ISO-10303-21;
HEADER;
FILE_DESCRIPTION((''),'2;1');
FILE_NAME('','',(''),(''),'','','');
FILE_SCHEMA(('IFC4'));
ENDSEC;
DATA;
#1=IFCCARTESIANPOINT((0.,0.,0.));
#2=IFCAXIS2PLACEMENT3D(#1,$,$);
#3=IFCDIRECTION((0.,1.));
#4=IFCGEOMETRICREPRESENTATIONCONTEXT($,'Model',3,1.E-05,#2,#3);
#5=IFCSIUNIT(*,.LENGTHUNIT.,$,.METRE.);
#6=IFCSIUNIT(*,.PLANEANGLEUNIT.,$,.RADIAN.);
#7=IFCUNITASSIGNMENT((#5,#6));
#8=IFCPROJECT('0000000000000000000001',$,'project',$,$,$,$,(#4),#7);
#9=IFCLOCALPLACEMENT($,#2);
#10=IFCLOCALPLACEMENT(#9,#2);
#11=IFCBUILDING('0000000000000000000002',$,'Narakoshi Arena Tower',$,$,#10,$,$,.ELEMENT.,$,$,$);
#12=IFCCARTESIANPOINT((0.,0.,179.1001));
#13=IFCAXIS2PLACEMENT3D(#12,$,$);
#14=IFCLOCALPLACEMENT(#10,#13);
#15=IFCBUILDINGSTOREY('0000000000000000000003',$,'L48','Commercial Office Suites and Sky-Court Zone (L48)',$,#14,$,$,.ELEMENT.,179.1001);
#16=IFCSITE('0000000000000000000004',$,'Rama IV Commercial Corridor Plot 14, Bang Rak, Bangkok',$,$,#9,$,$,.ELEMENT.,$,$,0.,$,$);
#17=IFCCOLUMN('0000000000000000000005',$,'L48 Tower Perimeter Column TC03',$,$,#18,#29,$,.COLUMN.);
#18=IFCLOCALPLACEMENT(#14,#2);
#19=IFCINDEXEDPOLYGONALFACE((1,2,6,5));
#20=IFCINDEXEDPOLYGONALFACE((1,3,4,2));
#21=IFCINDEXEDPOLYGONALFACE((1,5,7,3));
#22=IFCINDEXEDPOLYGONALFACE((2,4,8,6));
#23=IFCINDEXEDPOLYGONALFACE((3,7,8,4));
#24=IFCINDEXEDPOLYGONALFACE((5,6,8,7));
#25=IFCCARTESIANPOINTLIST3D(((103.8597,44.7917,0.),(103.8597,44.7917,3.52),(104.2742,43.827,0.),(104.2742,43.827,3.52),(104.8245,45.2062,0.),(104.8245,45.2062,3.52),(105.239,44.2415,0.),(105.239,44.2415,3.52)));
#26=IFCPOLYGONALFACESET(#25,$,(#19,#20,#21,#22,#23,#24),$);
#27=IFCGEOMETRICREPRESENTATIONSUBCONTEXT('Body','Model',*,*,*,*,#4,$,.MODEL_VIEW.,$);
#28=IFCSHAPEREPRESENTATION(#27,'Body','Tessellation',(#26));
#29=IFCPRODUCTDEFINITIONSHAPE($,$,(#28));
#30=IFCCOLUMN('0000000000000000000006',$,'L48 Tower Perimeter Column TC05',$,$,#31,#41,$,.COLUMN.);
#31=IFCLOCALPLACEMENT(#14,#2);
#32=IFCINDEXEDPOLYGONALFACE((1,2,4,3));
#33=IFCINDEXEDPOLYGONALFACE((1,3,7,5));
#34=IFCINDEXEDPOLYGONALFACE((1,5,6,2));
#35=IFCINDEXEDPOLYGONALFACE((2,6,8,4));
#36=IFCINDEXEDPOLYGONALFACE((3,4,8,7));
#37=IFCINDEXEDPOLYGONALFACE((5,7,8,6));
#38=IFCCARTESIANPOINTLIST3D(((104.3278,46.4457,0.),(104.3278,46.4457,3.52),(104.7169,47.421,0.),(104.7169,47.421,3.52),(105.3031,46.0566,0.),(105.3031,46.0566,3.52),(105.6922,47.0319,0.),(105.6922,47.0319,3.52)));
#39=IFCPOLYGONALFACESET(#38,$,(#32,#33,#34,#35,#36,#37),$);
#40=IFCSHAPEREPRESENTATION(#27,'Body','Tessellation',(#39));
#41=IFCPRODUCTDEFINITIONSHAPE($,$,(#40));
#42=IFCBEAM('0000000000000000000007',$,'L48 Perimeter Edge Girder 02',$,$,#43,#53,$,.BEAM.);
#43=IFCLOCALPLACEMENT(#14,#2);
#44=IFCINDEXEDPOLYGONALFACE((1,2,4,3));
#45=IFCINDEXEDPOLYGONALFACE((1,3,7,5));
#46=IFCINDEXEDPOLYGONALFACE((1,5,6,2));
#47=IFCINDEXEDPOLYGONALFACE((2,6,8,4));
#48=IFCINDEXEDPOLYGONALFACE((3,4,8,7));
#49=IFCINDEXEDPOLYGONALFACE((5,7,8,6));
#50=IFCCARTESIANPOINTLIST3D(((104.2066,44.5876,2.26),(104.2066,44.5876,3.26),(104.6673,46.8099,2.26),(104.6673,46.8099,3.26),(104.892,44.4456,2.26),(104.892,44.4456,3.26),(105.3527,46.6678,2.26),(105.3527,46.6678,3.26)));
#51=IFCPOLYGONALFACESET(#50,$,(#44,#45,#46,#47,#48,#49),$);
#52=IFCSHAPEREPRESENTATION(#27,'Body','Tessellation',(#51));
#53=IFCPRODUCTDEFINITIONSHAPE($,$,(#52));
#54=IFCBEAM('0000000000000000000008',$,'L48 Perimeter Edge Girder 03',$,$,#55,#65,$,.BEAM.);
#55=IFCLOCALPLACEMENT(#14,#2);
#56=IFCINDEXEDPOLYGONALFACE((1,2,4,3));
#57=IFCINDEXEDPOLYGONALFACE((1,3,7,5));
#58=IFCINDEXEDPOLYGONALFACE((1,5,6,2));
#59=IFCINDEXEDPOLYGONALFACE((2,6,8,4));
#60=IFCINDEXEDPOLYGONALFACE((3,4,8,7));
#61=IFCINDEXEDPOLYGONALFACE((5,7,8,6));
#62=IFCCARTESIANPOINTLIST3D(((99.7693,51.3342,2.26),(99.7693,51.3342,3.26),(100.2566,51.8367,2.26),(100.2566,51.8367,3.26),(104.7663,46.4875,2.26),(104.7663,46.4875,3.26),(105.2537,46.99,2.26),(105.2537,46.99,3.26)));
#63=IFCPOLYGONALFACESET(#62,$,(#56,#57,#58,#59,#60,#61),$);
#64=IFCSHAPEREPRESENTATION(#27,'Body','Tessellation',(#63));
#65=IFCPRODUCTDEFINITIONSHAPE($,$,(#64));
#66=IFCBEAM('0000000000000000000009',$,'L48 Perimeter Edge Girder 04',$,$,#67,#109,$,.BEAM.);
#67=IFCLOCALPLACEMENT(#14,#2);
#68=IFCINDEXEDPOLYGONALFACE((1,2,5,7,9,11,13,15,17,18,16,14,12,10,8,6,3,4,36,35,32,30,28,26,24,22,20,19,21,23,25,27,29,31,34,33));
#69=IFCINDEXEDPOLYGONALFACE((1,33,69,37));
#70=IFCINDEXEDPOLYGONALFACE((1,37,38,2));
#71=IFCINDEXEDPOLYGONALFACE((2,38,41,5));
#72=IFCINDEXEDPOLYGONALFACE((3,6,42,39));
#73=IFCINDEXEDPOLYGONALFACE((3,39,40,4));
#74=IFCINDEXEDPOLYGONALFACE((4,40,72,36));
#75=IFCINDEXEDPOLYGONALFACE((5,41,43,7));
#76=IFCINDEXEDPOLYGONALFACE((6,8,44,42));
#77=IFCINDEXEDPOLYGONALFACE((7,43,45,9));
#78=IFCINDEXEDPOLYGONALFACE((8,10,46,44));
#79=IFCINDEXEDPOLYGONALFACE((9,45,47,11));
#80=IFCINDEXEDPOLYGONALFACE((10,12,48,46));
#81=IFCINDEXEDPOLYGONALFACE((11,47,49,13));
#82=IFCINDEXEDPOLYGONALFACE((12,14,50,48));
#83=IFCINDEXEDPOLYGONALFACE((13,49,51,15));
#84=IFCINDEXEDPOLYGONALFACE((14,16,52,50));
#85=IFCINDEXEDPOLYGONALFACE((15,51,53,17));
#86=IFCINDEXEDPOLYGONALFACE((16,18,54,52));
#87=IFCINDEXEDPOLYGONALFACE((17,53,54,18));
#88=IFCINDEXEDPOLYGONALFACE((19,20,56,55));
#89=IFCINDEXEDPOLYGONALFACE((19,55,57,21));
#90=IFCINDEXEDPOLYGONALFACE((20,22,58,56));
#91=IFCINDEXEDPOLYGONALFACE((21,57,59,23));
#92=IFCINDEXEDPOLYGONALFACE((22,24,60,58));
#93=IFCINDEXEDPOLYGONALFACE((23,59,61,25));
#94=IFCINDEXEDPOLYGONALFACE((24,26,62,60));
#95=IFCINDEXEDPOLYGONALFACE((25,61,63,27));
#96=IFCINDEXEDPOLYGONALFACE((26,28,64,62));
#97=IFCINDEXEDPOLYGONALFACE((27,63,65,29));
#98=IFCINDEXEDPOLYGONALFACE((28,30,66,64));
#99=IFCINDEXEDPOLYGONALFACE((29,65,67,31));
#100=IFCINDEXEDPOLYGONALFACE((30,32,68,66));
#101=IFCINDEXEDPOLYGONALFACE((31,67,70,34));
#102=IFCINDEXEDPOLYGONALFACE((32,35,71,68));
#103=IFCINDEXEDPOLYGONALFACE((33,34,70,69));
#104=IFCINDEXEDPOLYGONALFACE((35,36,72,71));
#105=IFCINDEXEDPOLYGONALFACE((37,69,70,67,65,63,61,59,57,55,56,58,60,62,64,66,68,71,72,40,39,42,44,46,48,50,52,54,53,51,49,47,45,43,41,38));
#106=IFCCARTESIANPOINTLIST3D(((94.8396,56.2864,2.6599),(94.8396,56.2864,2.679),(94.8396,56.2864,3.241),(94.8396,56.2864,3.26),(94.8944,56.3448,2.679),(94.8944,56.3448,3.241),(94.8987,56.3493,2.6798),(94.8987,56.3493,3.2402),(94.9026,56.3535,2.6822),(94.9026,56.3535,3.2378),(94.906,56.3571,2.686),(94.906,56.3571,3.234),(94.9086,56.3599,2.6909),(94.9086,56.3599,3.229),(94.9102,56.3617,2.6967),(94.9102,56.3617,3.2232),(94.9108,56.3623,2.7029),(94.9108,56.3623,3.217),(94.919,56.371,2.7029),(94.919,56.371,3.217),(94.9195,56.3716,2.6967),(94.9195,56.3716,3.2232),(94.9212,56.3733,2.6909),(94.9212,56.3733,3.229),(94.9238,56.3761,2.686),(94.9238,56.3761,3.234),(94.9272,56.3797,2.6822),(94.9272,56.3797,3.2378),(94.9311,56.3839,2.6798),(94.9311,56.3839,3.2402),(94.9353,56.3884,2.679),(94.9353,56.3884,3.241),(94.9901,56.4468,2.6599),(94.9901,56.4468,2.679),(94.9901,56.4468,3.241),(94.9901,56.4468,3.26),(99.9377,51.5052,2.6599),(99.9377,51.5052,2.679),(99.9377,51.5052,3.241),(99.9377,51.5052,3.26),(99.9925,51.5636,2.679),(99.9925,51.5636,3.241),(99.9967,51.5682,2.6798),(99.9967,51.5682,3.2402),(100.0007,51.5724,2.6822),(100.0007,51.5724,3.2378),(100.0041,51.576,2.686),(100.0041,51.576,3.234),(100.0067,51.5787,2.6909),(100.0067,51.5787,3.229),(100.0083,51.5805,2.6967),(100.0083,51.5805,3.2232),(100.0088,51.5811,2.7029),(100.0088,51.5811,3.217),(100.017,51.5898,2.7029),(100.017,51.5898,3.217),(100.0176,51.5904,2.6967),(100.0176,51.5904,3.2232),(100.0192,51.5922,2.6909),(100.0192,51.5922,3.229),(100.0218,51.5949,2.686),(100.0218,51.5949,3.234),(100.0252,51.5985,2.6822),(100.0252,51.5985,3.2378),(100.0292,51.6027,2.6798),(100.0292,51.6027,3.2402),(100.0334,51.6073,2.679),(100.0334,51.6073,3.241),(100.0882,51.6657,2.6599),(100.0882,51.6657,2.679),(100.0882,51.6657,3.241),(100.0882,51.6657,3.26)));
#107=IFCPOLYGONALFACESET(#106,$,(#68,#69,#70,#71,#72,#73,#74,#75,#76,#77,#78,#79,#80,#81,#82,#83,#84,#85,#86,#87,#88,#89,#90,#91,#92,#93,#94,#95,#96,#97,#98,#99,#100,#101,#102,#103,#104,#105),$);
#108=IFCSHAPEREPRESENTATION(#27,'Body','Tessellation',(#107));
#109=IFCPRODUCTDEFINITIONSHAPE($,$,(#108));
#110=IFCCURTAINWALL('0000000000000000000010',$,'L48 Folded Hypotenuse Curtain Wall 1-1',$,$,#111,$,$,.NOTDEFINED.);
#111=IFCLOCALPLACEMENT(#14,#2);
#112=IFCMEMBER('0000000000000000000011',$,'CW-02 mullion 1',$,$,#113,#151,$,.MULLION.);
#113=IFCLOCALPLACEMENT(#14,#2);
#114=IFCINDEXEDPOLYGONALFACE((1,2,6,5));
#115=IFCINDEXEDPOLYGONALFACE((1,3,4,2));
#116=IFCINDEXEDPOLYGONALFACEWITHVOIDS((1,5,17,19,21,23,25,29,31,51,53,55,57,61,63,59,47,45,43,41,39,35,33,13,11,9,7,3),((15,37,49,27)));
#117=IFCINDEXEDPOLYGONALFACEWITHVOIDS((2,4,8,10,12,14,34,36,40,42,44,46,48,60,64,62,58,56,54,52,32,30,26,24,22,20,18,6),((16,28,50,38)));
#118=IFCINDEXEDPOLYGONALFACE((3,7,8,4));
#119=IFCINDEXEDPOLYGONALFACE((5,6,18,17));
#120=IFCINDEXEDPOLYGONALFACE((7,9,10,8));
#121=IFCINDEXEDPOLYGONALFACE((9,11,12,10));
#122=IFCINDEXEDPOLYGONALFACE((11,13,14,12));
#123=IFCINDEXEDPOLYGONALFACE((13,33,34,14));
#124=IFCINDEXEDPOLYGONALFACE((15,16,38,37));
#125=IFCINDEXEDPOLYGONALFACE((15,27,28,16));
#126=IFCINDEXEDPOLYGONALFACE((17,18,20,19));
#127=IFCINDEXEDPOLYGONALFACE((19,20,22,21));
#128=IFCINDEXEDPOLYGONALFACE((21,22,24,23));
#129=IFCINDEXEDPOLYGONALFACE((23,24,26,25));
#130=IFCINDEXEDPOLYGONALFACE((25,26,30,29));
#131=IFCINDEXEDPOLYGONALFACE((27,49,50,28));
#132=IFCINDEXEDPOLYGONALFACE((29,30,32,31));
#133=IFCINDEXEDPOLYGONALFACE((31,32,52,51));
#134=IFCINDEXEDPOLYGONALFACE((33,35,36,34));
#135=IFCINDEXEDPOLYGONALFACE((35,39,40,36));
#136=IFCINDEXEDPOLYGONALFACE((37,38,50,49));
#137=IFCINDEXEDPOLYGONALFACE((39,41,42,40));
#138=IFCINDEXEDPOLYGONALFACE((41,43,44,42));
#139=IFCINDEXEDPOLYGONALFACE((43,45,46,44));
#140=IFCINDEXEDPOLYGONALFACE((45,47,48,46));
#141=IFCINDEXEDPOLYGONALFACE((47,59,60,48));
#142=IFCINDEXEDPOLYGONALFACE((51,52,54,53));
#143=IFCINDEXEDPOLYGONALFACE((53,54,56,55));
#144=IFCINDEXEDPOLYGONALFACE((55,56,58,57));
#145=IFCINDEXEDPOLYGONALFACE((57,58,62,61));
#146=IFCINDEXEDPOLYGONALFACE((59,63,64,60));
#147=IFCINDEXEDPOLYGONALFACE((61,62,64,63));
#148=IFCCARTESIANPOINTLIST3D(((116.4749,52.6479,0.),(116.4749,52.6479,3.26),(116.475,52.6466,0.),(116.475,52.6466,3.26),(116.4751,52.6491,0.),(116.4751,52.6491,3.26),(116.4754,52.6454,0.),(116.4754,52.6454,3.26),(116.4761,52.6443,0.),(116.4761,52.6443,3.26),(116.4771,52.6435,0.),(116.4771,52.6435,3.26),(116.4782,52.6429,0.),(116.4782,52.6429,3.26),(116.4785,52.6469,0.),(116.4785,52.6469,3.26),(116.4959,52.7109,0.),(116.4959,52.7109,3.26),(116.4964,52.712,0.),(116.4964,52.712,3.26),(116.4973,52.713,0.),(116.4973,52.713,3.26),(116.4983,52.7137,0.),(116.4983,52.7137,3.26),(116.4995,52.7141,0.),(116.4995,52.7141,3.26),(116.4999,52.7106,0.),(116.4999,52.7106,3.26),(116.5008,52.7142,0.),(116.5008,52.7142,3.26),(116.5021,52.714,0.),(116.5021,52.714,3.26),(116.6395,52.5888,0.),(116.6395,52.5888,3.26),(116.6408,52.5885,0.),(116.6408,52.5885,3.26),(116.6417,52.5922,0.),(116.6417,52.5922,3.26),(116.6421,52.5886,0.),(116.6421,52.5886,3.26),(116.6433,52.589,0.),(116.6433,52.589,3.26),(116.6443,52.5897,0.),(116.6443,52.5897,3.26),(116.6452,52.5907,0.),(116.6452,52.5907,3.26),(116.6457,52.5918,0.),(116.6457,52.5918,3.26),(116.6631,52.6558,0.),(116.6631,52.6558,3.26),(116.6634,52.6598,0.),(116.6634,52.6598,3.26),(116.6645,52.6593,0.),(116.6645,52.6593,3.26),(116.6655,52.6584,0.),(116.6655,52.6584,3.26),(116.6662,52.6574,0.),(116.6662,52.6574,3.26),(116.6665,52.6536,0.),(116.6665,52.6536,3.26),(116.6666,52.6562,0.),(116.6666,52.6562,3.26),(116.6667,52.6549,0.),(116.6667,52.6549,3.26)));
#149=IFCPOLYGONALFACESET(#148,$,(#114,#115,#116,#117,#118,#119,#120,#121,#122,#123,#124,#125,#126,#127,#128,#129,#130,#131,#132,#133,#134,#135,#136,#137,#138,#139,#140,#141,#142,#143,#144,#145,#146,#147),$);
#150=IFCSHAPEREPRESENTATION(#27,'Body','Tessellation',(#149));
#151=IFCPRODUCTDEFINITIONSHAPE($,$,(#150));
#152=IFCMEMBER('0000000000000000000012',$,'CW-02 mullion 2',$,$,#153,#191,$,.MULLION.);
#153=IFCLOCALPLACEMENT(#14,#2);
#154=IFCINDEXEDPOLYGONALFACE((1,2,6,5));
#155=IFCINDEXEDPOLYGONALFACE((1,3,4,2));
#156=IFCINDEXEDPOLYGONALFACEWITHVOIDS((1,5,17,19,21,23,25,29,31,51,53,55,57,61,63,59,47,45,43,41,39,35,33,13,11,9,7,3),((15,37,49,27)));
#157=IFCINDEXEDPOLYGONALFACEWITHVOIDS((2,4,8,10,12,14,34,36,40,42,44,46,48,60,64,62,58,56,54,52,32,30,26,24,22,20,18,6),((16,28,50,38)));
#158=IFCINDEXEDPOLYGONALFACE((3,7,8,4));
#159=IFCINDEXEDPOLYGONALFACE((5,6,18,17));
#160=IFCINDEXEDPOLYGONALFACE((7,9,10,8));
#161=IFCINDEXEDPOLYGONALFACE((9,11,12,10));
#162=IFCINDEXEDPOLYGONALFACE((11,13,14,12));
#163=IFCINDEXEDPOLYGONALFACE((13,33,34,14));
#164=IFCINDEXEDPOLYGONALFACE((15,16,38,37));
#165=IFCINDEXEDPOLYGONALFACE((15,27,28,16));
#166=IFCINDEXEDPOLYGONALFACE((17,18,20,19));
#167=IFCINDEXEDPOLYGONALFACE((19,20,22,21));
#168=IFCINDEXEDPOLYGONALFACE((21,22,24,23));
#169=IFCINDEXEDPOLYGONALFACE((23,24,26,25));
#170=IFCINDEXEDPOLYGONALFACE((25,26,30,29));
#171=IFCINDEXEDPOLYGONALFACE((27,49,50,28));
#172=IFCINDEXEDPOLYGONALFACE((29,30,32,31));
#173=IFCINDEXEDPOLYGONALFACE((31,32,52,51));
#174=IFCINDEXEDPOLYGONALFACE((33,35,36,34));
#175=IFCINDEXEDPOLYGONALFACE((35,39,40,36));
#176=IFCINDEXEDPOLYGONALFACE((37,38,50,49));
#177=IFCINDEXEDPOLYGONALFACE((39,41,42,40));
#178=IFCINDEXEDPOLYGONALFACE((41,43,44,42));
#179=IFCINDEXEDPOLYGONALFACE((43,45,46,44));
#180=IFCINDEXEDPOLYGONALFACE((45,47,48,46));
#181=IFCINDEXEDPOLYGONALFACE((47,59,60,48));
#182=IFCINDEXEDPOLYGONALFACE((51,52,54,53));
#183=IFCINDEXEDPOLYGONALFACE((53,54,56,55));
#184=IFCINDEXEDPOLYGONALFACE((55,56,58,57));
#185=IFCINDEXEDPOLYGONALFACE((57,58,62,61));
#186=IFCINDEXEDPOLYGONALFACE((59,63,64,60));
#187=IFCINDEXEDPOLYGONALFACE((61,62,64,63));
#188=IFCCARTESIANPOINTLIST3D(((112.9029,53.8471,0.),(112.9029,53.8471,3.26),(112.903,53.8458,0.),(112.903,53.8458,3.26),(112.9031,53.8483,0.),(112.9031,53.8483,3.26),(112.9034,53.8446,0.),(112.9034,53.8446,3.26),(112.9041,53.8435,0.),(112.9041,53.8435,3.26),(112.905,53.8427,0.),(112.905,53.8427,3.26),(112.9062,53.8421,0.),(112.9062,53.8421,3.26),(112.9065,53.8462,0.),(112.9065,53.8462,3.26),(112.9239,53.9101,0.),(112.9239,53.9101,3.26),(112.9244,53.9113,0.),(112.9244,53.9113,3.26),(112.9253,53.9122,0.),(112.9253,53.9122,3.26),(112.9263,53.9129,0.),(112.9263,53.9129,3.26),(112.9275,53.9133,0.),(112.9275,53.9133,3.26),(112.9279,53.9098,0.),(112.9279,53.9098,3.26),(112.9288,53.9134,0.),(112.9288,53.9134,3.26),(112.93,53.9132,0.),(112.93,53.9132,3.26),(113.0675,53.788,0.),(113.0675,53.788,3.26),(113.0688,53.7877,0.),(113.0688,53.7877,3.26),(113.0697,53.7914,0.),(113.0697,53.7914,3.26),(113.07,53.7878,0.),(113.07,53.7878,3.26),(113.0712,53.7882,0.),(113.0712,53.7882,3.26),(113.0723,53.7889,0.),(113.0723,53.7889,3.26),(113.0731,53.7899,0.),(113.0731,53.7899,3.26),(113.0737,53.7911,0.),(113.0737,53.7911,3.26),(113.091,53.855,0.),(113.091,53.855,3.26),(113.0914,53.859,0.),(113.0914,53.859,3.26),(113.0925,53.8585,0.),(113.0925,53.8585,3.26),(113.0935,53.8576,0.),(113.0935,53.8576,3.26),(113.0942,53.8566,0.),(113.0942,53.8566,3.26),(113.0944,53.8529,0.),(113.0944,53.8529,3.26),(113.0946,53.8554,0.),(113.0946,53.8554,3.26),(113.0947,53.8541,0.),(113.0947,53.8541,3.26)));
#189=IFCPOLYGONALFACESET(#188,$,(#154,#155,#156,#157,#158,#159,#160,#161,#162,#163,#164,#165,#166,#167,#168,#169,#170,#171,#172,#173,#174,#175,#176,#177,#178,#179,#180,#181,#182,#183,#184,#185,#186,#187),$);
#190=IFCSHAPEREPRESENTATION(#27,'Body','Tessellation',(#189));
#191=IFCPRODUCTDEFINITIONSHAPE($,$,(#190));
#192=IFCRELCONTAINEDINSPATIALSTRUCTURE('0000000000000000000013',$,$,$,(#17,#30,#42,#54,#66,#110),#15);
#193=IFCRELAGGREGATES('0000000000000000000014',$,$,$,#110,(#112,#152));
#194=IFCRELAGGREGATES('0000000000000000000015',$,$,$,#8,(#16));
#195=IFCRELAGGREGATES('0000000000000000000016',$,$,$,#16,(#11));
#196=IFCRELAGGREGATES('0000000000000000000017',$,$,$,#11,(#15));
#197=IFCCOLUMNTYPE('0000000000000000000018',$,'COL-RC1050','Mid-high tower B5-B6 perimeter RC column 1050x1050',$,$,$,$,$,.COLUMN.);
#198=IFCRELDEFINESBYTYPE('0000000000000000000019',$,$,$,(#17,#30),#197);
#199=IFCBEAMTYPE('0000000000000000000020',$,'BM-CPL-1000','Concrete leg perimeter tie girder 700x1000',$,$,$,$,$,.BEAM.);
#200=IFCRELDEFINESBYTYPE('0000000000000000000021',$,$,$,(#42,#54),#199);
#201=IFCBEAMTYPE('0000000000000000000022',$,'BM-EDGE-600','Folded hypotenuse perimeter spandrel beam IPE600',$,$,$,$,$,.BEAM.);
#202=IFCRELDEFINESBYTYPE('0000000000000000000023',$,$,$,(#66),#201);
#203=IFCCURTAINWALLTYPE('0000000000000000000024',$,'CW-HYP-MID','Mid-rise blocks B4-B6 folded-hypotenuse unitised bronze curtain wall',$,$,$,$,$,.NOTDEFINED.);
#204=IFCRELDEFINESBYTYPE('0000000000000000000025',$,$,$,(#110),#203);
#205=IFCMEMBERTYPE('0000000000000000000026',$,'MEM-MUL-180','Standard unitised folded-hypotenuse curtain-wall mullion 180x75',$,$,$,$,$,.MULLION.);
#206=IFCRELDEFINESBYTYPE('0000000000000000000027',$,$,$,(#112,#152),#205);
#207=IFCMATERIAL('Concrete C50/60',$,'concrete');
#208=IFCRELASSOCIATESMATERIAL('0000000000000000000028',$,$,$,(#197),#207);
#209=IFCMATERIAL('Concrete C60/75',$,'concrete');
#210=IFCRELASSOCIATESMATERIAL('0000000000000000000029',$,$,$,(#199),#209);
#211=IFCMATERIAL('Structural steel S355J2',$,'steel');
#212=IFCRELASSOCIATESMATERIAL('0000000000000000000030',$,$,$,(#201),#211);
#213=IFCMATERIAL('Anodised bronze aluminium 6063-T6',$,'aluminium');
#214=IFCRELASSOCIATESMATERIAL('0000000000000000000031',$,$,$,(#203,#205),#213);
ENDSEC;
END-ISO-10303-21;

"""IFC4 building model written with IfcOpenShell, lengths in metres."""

from ifc_helpers import new_model, si_unit, direction, frame, origin, origin_2d, place, context, subcontext, project, spatial, rectangle, hollow_rectangle, i_section, extrude, material, material_profile, profile_set, type_object, element, aggregate, save


model = new_model("IFC4")

# Units and contexts
model_context = context("Model", 3, precision=1e-05, world=origin(), true_north=direction((0.0, 1.0)))
body_context = subcontext(model_context, "Body", "Model", "MODEL_VIEW")
ifc_project = project(units=[si_unit("LENGTHUNIT", "METRE"), si_unit("PLANEANGLEUNIT", "RADIAN")], contexts=[model_context])

# Site, building, storey
site_placement = place(None, origin())
site = spatial("IfcSite", under=ifc_project, at=site_placement, Name="Rama IV Commercial Corridor Plot 14, Bang Rak, Bangkok", CompositionType="ELEMENT", RefElevation=0.0)
building_placement = place(site_placement, origin())
building = spatial("IfcBuilding", under=site, at=building_placement, Name="Narakoshi Arena Tower", CompositionType="ELEMENT")
storey_placement = place(building_placement, frame((0.0, 0.0, 179.1001)))
storey = spatial("IfcBuildingStorey", under=building, at=storey_placement, Name="L48", Description="Commercial Office Suites and Sky-Court Zone (L48)", CompositionType="ELEMENT", Elevation=179.1001)

# Columns
ifc_material_1 = material(Name="Concrete C50/60", Category="concrete")
ifc_material_profile_1 = material_profile(ifc_material_1, rectangle(XDim=1.05, YDim=1.05, at=origin_2d()), Name="RC1050x1050")
ifc_profile_set_1 = profile_set([ifc_material_profile_1], Name="Concrete C50/60")
column_type = type_object("IfcColumnType", Name="COL-RC1050", Description="Mid-high tower B5-B6 perimeter RC column 1050x1050", PredefinedType="COLUMN", material=ifc_profile_set_1)
for number, where, z_axis, x_axis, name in (
    (1, (104.5493, 44.5166, 0.0), (0.0, 0.0, 1.0), (0.918791, 0.394744, 0.0), "L48 Tower Perimeter Column TC03"),
    (2, (105.01, 46.7388, 0.0), (0.0, 0.0, 1.0), (0.370557, 0.92881, 0.0), "L48 Tower Perimeter Column TC05"),
):
    element("IfcColumn", number, at=place(storey_placement, frame(where, z_axis=z_axis, x_axis=x_axis)), inside=storey, type_object=column_type, Name=name, PredefinedType="COLUMN", context=body_context, shape_type="SweptSolid", body=[
        extrude(rectangle(XDim=1.05, YDim=1.05, at=origin_2d()), origin(), (0.0, 0.0, 1.0), 3.52),
    ])

# Beams
ifc_material_2 = material(Name="Concrete C60/75", Category="concrete")
ifc_material_profile_2 = material_profile(ifc_material_2, rectangle(XDim=0.7, YDim=1.0, at=origin_2d()), Name="RCB700x1000")
ifc_profile_set_2 = profile_set([ifc_material_profile_2], Name="Concrete C60/75")
beam_type_1 = type_object("IfcBeamType", Name="BM-CPL-1000", Description="Concrete leg perimeter tie girder 700x1000", PredefinedType="BEAM", material=ifc_profile_set_2)
beam_1_placement = place(storey_placement, frame((104.5493, 44.5166, 2.76), z_axis=(0.203, 0.979179, 0.0), x_axis=(-0.979179, 0.203, 0.0)))
element("IfcBeam", 3, at=beam_1_placement, inside=storey, type_object=beam_type_1, Name="L48 Perimeter Edge Girder 02", PredefinedType="BEAM", context=body_context, shape_type="SweptSolid", body=[
    extrude(rectangle(XDim=0.7, YDim=1.0, at=origin_2d()), origin(), (0.0, 0.0, 1.0), 2.2695),
])
beam_2_placement = place(storey_placement, frame((105.01, 46.7388, 2.76), z_axis=(-0.717826, 0.696223, 0.0), x_axis=(-0.696223, -0.717826, 0.0)))
element("IfcBeam", 4, at=beam_2_placement, inside=storey, type_object=beam_type_1, Name="L48 Perimeter Edge Girder 03", PredefinedType="BEAM", context=body_context, shape_type="SweptSolid", body=[
    extrude(rectangle(XDim=0.7, YDim=1.0, at=origin_2d()), origin(), (0.0, 0.0, 1.0), 6.9614),
])
ifc_material_3 = material(Name="Structural steel S355J2", Category="steel")
ifc_material_profile_3 = material_profile(ifc_material_3, i_section(OverallWidth=0.22, OverallDepth=0.6001, WebThickness=0.012, FlangeThickness=0.019, FilletRadius=0.0239, at=origin_2d()), Name="IPE600")
ifc_profile_set_3 = profile_set([ifc_material_profile_3], Name="Structural steel S355J2")
beam_type_2 = type_object("IfcBeamType", Name="BM-EDGE-600", Description="Folded hypotenuse perimeter spandrel beam IPE600", PredefinedType="BEAM", material=ifc_profile_set_3)
beam_3_placement = place(storey_placement, frame((100.0129, 51.5854, 2.96), z_axis=(-0.729413, 0.684074, 0.0), x_axis=(-0.684074, -0.729413, 0.0)))
element("IfcBeam", 5, at=beam_3_placement, inside=storey, type_object=beam_type_2, Name="L48 Perimeter Edge Girder 04", PredefinedType="BEAM", context=body_context, shape_type="SweptSolid", body=[
    extrude(i_section(OverallWidth=0.22, OverallDepth=0.6001, WebThickness=0.012, FlangeThickness=0.019, FilletRadius=0.0239, at=origin_2d()), origin(), (0.0, 0.0, 1.0), 6.9893),
])

# Curtain wall, members
ifc_material_4 = material(Name="Anodised bronze aluminium 6063-T6", Category="aluminium")
curtain_wall_type = type_object("IfcCurtainWallType", Name="CW-HYP-MID", Description="Mid-rise blocks B4-B6 folded-hypotenuse unitised bronze curtain wall", PredefinedType="NOTDEFINED", material=ifc_material_4)
curtain_wall_placement = place(storey_placement, origin())
curtain_wall = element("IfcCurtainWall", 6, at=curtain_wall_placement, inside=storey, type_object=curtain_wall_type, Name="L48 Folded Hypotenuse Curtain Wall 1-1", PredefinedType="NOTDEFINED")
ifc_material_profile_4 = material_profile(ifc_material_4, hollow_rectangle(XDim=0.075, YDim=0.1799, WallThickness=0.0039, OuterFilletRadius=0.0049, at=origin_2d()), Name="MUL180x75x4")
ifc_profile_set_4 = profile_set([ifc_material_profile_4], Name="Anodised bronze aluminium 6063-T6")
member_type_1 = type_object("IfcMemberType", Name="MEM-MUL-180", Description="Standard unitised folded-hypotenuse curtain-wall mullion 180x75", PredefinedType="MULLION", material=ifc_profile_set_4)
member_1_placement = place(storey_placement, frame((116.5708, 52.6514, 0.0), z_axis=(0.0, 0.0, 1.0), x_axis=(-0.318261, -0.948003, 0.0)))
member_1 = element("IfcMember", 7, at=member_1_placement, type_object=member_type_1, Name="CW-02 mullion 1", PredefinedType="MULLION", context=body_context, shape_type="SweptSolid", body=[
    extrude(hollow_rectangle(XDim=0.075, YDim=0.1799, WallThickness=0.0039, OuterFilletRadius=0.0049, at=origin_2d()), origin(), (0.0, 0.0, 1.0), 3.26),
])
member_2_placement = place(storey_placement, frame((112.9988, 53.8506, 0.0), z_axis=(0.0, 0.0, 1.0), x_axis=(-0.318261, -0.948003, 0.0)))
member_2 = element("IfcMember", 8, at=member_2_placement, type_object=member_type_1, Name="CW-02 mullion 2", PredefinedType="MULLION", context=body_context, shape_type="SweptSolid", body=[
    extrude(hollow_rectangle(XDim=0.075, YDim=0.1799, WallThickness=0.0039, OuterFilletRadius=0.0049, at=origin_2d()), origin(), (0.0, 0.0, 1.0), 3.26),
])
aggregate(curtain_wall, [member_1, member_2])

save(model, "model.ifc")
